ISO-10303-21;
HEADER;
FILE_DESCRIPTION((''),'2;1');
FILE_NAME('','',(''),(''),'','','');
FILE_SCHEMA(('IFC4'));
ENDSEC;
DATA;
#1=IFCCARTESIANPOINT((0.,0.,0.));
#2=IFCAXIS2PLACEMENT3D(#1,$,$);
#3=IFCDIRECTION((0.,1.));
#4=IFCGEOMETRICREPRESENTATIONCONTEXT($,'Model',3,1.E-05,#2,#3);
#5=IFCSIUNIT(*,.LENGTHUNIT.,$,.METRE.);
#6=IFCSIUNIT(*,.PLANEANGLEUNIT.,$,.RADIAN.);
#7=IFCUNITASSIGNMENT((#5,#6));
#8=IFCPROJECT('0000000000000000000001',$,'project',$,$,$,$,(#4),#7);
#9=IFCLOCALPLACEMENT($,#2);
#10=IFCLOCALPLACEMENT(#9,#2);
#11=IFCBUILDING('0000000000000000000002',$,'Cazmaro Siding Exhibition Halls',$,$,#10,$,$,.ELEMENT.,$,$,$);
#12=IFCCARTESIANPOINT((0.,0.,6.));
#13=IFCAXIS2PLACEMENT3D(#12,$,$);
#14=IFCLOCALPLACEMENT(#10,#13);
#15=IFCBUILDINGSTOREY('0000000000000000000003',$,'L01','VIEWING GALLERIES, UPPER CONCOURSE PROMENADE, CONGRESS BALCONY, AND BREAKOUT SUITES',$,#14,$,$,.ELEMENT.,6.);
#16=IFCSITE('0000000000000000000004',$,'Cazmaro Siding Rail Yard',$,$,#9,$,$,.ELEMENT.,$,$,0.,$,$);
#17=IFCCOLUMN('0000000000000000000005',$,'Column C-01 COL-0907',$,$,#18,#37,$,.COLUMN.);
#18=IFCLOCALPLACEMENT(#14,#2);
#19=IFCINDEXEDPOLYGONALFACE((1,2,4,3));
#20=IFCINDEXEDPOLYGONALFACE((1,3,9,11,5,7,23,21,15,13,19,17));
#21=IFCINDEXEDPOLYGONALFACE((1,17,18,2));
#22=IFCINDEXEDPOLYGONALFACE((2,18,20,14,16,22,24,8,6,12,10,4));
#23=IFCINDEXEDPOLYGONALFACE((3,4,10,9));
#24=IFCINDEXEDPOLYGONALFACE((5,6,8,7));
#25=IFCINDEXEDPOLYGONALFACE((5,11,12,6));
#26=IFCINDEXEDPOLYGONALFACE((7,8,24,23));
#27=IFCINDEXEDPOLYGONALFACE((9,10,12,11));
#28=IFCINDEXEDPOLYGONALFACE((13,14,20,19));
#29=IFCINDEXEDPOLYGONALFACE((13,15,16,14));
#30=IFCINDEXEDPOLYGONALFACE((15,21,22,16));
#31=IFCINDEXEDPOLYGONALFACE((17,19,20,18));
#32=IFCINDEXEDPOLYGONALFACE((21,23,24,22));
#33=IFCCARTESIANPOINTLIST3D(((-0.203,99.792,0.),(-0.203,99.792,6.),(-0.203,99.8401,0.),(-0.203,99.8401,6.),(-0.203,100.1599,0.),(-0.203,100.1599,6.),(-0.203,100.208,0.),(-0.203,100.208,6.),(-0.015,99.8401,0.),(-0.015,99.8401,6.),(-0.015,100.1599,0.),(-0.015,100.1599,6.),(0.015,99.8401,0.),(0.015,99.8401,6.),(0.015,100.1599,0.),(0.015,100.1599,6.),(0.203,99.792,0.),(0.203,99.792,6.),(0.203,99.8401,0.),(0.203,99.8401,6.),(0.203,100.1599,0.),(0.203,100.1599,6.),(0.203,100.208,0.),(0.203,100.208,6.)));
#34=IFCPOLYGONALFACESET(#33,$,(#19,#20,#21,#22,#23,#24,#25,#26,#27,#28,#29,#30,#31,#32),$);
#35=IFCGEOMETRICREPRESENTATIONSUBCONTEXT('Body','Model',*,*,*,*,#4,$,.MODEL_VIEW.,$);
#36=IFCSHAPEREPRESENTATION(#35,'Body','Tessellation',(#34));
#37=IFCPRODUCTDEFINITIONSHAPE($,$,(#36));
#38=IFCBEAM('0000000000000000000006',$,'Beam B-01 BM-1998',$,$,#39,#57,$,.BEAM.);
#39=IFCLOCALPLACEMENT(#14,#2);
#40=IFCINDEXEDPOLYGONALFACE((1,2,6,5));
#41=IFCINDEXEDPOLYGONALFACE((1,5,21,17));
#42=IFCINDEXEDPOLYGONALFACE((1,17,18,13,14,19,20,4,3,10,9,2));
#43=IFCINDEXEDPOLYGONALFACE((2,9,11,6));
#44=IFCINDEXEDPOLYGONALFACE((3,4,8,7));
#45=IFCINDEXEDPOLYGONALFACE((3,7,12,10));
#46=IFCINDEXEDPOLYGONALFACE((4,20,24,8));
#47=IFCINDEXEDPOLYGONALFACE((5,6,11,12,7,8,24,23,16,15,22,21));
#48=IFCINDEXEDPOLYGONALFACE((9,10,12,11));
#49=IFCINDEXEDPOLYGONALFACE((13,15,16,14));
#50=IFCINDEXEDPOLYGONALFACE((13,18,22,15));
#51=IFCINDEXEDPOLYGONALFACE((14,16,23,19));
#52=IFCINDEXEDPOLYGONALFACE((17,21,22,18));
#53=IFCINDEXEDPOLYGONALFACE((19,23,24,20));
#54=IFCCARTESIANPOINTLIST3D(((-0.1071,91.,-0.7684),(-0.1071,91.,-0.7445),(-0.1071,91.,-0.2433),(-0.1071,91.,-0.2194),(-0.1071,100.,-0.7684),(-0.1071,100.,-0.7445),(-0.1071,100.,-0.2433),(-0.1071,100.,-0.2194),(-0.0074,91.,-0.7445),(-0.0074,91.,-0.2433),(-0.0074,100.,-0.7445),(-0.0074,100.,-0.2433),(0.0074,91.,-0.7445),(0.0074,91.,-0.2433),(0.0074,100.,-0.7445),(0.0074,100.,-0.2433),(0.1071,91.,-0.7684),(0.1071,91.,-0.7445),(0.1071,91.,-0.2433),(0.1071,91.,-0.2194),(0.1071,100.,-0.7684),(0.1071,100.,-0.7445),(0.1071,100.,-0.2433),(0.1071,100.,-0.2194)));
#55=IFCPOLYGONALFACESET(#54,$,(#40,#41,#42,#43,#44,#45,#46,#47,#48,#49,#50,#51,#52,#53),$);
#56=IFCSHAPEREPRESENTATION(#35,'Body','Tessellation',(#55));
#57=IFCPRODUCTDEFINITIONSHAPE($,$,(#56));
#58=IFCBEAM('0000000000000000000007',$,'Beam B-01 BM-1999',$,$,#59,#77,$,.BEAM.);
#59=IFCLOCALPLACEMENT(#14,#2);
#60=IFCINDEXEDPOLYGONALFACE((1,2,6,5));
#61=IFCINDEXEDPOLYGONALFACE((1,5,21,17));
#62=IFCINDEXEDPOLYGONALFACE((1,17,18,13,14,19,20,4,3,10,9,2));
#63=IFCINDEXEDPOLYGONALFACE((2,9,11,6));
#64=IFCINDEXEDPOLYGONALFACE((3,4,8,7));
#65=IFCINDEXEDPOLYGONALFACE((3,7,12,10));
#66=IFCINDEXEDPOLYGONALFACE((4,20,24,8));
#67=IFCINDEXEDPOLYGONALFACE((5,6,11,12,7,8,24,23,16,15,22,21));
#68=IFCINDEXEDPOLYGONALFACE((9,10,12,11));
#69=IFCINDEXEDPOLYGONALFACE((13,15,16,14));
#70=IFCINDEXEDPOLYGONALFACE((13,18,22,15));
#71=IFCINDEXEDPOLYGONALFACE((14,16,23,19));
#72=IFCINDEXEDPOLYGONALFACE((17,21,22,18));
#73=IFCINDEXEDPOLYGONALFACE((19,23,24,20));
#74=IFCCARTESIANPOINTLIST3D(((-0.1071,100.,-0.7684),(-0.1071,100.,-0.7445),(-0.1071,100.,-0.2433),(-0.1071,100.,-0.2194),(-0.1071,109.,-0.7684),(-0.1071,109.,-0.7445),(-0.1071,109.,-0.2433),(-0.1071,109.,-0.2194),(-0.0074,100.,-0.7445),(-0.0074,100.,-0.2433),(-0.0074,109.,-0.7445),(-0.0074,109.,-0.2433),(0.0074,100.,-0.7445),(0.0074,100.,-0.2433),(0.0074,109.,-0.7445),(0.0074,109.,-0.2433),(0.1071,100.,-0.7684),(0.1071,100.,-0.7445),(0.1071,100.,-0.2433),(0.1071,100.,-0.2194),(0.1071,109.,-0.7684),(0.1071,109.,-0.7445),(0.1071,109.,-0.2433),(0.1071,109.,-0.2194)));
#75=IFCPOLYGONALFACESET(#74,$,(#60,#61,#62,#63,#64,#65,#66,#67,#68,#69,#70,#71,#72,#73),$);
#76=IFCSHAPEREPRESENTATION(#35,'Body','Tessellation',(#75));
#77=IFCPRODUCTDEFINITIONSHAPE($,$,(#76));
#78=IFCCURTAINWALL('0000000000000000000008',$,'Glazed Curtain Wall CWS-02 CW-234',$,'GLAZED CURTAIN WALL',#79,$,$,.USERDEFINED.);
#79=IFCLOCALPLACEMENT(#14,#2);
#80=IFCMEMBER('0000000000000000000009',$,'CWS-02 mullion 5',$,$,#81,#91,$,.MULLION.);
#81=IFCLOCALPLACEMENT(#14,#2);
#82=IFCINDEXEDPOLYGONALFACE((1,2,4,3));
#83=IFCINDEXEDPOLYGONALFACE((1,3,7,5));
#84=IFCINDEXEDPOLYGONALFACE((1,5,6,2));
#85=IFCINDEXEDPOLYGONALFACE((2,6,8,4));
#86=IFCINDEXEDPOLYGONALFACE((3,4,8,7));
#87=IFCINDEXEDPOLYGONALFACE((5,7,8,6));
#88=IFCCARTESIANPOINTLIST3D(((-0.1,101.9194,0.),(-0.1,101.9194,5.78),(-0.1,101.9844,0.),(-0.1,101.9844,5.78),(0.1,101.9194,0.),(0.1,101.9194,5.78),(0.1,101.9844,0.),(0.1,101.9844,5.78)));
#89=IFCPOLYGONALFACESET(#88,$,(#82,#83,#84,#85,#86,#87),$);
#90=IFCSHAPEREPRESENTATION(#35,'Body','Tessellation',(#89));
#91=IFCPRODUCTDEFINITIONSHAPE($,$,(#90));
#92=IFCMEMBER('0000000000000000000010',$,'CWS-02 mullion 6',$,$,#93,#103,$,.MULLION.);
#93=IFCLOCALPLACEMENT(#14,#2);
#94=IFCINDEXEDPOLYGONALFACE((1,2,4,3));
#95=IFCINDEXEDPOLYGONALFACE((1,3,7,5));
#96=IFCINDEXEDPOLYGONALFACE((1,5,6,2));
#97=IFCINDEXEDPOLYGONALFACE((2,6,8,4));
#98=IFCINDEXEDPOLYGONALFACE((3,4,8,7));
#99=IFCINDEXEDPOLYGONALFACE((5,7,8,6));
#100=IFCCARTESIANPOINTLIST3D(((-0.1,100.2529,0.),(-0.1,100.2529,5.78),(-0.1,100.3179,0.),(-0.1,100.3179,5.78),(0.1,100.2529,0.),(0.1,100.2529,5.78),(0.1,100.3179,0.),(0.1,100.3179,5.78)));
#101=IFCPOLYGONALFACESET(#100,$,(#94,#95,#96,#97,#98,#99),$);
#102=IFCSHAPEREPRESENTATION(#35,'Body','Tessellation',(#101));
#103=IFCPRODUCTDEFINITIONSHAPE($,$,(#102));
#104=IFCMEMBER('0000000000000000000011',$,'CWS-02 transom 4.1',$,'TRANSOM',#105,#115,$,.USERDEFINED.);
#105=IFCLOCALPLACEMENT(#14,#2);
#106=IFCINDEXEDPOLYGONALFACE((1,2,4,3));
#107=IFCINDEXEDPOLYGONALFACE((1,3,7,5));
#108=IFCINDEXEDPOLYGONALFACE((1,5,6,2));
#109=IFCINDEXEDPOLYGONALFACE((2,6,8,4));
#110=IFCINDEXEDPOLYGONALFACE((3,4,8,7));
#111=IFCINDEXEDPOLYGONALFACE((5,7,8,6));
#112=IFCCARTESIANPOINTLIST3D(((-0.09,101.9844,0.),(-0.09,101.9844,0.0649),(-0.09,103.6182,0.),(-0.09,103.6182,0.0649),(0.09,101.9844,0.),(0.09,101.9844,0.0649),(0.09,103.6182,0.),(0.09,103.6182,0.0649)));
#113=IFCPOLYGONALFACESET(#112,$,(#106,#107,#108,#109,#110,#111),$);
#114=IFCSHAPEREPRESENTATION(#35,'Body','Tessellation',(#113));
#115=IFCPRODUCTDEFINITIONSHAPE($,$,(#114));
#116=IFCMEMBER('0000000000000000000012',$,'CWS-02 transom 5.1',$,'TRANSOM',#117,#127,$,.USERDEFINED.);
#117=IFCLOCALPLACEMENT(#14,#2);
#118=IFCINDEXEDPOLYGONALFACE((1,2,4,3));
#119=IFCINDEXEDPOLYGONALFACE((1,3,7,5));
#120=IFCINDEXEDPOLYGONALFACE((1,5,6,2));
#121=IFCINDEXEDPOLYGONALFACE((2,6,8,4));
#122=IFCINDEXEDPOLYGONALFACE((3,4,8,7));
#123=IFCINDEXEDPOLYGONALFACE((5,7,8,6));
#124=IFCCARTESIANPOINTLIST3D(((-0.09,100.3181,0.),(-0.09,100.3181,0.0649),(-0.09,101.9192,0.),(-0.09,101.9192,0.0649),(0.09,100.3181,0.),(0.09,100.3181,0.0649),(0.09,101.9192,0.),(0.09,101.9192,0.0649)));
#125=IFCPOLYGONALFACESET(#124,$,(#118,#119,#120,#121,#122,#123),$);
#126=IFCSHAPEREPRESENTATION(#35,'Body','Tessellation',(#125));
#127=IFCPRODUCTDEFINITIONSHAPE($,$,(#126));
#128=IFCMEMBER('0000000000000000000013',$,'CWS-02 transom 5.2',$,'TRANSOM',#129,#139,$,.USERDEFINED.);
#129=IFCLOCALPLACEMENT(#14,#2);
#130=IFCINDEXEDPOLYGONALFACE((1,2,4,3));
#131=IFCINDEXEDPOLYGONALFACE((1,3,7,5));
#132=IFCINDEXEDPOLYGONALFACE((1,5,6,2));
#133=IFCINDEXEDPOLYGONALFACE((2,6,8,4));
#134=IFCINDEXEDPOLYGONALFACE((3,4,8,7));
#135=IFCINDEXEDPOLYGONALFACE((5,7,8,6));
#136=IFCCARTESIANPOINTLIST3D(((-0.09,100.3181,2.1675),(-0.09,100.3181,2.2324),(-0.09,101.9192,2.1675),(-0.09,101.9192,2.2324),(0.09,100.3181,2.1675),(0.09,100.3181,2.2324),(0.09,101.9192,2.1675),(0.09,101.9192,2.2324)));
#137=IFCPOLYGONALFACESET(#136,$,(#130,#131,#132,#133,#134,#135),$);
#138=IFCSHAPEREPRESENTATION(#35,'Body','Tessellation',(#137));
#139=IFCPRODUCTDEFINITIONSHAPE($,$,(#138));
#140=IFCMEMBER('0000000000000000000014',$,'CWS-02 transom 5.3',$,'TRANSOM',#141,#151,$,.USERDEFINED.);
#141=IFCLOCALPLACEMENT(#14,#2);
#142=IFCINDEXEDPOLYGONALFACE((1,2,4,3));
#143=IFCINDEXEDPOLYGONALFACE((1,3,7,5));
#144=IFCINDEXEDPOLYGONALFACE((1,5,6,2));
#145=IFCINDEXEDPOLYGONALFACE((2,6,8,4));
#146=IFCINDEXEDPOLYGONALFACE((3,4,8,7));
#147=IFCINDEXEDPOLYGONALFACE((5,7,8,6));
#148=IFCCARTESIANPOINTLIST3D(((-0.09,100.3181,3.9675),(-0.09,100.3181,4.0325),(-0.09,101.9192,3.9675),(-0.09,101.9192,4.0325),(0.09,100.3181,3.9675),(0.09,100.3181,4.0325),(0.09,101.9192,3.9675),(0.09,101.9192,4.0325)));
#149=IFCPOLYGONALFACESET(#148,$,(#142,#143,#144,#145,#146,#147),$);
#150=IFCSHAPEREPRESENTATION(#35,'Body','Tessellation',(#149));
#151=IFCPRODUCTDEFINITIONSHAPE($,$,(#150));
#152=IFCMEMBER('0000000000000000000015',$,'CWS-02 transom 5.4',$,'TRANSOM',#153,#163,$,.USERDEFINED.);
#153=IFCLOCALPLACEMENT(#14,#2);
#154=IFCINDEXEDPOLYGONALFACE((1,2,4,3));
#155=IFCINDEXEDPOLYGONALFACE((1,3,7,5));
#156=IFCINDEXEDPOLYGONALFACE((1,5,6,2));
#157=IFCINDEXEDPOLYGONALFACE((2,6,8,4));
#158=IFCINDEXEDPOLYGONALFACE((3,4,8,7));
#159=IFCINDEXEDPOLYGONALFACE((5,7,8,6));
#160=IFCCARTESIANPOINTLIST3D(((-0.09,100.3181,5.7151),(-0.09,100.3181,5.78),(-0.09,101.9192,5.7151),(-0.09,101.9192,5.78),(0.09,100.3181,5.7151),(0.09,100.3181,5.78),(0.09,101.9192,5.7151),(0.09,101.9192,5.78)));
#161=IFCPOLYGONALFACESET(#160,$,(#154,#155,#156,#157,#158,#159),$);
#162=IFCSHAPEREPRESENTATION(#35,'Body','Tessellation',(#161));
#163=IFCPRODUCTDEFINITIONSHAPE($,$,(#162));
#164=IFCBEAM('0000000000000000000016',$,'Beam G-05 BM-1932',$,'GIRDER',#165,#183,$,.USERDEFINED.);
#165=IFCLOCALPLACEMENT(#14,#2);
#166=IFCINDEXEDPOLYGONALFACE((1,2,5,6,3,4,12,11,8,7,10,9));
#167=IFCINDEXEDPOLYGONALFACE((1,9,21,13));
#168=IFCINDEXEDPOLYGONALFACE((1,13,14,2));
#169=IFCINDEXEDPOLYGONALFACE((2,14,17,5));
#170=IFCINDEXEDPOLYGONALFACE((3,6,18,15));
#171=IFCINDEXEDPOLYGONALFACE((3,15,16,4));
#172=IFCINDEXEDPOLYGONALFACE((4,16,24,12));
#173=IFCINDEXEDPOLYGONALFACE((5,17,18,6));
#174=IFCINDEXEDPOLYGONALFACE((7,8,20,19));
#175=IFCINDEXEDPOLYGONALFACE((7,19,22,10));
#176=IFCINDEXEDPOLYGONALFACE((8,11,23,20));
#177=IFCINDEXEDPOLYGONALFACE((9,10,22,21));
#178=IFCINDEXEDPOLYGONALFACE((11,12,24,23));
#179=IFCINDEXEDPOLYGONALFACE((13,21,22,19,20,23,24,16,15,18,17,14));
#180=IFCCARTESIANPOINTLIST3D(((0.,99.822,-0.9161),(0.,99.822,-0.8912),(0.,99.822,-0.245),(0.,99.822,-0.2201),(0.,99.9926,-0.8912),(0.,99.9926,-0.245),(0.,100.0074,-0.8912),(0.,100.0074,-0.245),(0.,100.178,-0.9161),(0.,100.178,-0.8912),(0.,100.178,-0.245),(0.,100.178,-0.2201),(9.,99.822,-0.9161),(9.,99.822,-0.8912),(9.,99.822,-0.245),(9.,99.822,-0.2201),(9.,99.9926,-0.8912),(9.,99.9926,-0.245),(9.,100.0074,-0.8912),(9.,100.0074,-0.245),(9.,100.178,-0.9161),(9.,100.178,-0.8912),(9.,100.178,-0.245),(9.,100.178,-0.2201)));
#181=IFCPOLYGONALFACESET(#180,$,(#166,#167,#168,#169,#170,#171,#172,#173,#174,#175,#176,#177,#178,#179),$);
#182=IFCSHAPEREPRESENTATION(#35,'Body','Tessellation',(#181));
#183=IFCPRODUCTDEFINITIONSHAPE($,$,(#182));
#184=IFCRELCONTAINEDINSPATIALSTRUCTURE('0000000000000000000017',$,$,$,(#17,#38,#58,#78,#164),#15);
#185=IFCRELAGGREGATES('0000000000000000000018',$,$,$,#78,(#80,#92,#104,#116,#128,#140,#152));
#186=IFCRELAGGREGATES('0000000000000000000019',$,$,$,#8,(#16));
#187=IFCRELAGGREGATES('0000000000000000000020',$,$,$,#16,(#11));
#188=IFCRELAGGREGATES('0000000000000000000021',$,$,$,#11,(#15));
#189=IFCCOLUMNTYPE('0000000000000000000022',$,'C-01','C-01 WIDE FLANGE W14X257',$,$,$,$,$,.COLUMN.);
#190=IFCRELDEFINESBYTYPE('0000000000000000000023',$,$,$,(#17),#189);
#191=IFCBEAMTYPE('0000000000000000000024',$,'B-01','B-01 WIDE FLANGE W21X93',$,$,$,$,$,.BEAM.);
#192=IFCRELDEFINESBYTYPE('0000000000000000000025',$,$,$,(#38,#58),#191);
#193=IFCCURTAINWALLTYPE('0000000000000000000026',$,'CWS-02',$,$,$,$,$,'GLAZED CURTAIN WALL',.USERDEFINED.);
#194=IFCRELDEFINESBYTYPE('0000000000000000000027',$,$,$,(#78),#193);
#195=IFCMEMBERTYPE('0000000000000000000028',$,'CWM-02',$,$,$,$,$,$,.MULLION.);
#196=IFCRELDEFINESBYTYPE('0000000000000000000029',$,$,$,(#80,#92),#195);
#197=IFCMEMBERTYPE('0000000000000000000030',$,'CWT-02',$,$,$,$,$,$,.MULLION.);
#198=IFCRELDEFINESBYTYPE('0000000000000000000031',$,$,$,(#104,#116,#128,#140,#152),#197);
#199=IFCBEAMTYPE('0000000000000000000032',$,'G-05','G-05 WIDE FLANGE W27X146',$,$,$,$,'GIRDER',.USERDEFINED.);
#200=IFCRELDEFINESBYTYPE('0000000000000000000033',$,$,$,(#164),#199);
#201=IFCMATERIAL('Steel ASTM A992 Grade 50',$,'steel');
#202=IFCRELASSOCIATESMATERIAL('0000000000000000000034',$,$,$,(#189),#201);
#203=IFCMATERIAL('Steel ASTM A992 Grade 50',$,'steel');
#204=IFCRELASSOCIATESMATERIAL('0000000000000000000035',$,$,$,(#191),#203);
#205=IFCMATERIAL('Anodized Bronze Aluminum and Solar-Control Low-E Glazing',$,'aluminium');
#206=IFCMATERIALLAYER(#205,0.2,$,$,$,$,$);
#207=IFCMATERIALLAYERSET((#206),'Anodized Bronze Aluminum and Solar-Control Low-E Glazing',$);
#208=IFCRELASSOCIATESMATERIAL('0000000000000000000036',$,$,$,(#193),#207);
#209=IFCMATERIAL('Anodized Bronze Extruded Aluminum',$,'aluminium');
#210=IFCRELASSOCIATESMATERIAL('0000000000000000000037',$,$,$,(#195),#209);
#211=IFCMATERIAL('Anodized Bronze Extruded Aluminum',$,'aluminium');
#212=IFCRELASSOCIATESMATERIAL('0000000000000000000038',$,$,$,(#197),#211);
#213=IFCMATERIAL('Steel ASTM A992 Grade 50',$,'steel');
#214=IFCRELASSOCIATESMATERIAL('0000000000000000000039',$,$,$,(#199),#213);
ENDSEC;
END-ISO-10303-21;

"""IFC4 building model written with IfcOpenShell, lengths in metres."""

from ifc_helpers import new_model, si_unit, direction, frame, origin, origin_2d, place, context, subcontext, project, spatial, rectangle, i_section, extrude, material, layer, layer_set, material_profile, profile_set, type_object, element, aggregate, save


model = new_model("IFC4")

# Units and contexts
model_context = context("Model", 3, precision=1e-05, world=origin(), true_north=direction((0.0, 1.0)))
body_context = subcontext(model_context, "Body", "Model", "MODEL_VIEW")
ifc_project = project(units=[si_unit("LENGTHUNIT", "METRE"), si_unit("PLANEANGLEUNIT", "RADIAN")], contexts=[model_context])

# Site, building, storey
site_placement = place(None, origin())
site = spatial("IfcSite", under=ifc_project, at=site_placement, Name="Cazmaro Siding Rail Yard", CompositionType="ELEMENT", RefElevation=0.0)
building_placement = place(site_placement, origin())
building = spatial("IfcBuilding", under=site, at=building_placement, Name="Cazmaro Siding Exhibition Halls", CompositionType="ELEMENT")
storey_placement = place(building_placement, frame((0.0, 0.0, 6.0)))
storey = spatial("IfcBuildingStorey", under=building, at=storey_placement, Name="L01", Description="VIEWING GALLERIES, UPPER CONCOURSE PROMENADE, CONGRESS BALCONY, AND BREAKOUT SUITES", CompositionType="ELEMENT", Elevation=6.0)

# Column
ifc_material_1 = material(Name="Steel ASTM A992 Grade 50", Category="steel")
ifc_material_profile_1 = material_profile(ifc_material_1, i_section(OverallWidth=0.406, OverallDepth=0.416, WebThickness=0.03, FlangeThickness=0.0481, at=origin_2d()), Name="W14X257")
ifc_profile_set_1 = profile_set([ifc_material_profile_1], Name="Steel ASTM A992 Grade 50")
column_type = type_object("IfcColumnType", Name="C-01", Description="C-01 WIDE FLANGE W14X257", PredefinedType="COLUMN", material=ifc_profile_set_1)
column_placement = place(storey_placement, frame((0.0, 100.0, 0.0), z_axis=(0.0, 0.0, 1.0), x_axis=(1.0, 0.0, 0.0)))
element("IfcColumn", 1, at=column_placement, inside=storey, type_object=column_type, Name="Column C-01 COL-0907", PredefinedType="COLUMN", context=body_context, shape_type="SweptSolid", body=[
    extrude(i_section(OverallWidth=0.406, OverallDepth=0.416, WebThickness=0.03, FlangeThickness=0.0481, at=origin_2d()), origin(), (0.0, 0.0, 1.0), 6.0),
])

# Beams
ifc_material_2 = material(Name="Steel ASTM A992 Grade 50", Category="steel")
ifc_material_profile_2 = material_profile(ifc_material_2, i_section(OverallWidth=0.2141, OverallDepth=0.5491, WebThickness=0.0149, FlangeThickness=0.0239, at=origin_2d()), Name="W21X93")
ifc_profile_set_2 = profile_set([ifc_material_profile_2], Name="Steel ASTM A992 Grade 50")
beam_type_1 = type_object("IfcBeamType", Name="B-01", Description="B-01 WIDE FLANGE W21X93", PredefinedType="BEAM", material=ifc_profile_set_2)
for number, where, z_axis, x_axis, name in (
    (2, (0.0, 91.0, -0.4939), (0.0, 1.0, 0.0), (-1.0, 0.0, 0.0), "Beam B-01 BM-1998"),
    (3, (0.0, 100.0, -0.4939), (0.0, 1.0, 0.0), (-1.0, 0.0, 0.0), "Beam B-01 BM-1999"),
):
    element("IfcBeam", number, at=place(storey_placement, frame(where, z_axis=z_axis, x_axis=x_axis)), inside=storey, type_object=beam_type_1, Name=name, PredefinedType="BEAM", context=body_context, shape_type="SweptSolid", body=[
        extrude(i_section(OverallWidth=0.2141, OverallDepth=0.5491, WebThickness=0.0149, FlangeThickness=0.0239, at=origin_2d()), origin(), (0.0, 0.0, 1.0), 9.0),
    ])

# Curtain wall, members
ifc_material_3 = material(Name="Anodized Bronze Aluminum and Solar-Control Low-E Glazing", Category="aluminium")
ifc_layer_1 = layer(ifc_material_3, 0.2)
ifc_layer_set_1 = layer_set([ifc_layer_1], Name="Anodized Bronze Aluminum and Solar-Control Low-E Glazing")
curtain_wall_type = type_object("IfcCurtainWallType", Name="CWS-02", ElementType="GLAZED CURTAIN WALL", PredefinedType="USERDEFINED", material=ifc_layer_set_1)
curtain_wall_placement = place(storey_placement, origin())
curtain_wall = element("IfcCurtainWall", 4, at=curtain_wall_placement, inside=storey, type_object=curtain_wall_type, Name="Glazed Curtain Wall CWS-02 CW-234", ObjectType="GLAZED CURTAIN WALL", PredefinedType="USERDEFINED")
ifc_material_4 = material(Name="Anodized Bronze Extruded Aluminum", Category="aluminium")
ifc_material_profile_3 = material_profile(ifc_material_4, rectangle(XDim=0.2, YDim=0.0649, at=origin_2d()), Name="CWM-02")
ifc_profile_set_3 = profile_set([ifc_material_profile_3], Name="Anodized Bronze Extruded Aluminum")
member_type_1 = type_object("IfcMemberType", Name="CWM-02", PredefinedType="MULLION", material=ifc_profile_set_3)
member_1_placement = place(storey_placement, frame((0.0, 101.9519, 0.0), z_axis=(0.0, 0.0, 1.0), x_axis=(1.0, 0.0, 0.0)))
member_1 = element("IfcMember", 5, at=member_1_placement, type_object=member_type_1, Name="CWS-02 mullion 5", PredefinedType="MULLION", context=body_context, shape_type="SweptSolid", body=[
    extrude(rectangle(XDim=0.2, YDim=0.0649, at=origin_2d()), origin(), (0.0, 0.0, 1.0), 5.78),
])
member_2_placement = place(storey_placement, frame((0.0, 100.2854, 0.0), z_axis=(0.0, 0.0, 1.0), x_axis=(1.0, 0.0, 0.0)))
member_2 = element("IfcMember", 6, at=member_2_placement, type_object=member_type_1, Name="CWS-02 mullion 6", PredefinedType="MULLION", context=body_context, shape_type="SweptSolid", body=[
    extrude(rectangle(XDim=0.2, YDim=0.0649, at=origin_2d()), origin(), (0.0, 0.0, 1.0), 5.78),
])
ifc_material_5 = material(Name="Anodized Bronze Extruded Aluminum", Category="aluminium")
ifc_material_profile_4 = material_profile(ifc_material_5, rectangle(XDim=0.1799, YDim=0.0649, at=origin_2d()), Name="CWT-02")
ifc_profile_set_4 = profile_set([ifc_material_profile_4], Name="Anodized Bronze Extruded Aluminum")
member_type_2 = type_object("IfcMemberType", Name="CWT-02", PredefinedType="MULLION", material=ifc_profile_set_4)
member_3_placement = place(storey_placement, frame((0.0, 103.6182, 0.0325), z_axis=(0.0, -1.0, 0.0), x_axis=(1.0, 0.0, 0.0)))
member_3 = element("IfcMember", 7, at=member_3_placement, type_object=member_type_2, Name="CWS-02 transom 4.1", ObjectType="TRANSOM", PredefinedType="USERDEFINED", context=body_context, shape_type="SweptSolid", body=[
    extrude(rectangle(XDim=0.1799, YDim=0.0649, at=origin_2d()), origin(), (0.0, 0.0, 1.0), 1.6338),
])
member_4_placement = place(storey_placement, frame((0.0, 101.9192, 0.0325), z_axis=(0.0, -1.0, 0.0), x_axis=(1.0, 0.0, 0.0)))
member_4 = element("IfcMember", 8, at=member_4_placement, type_object=member_type_2, Name="CWS-02 transom 5.1", ObjectType="TRANSOM", PredefinedType="USERDEFINED", context=body_context, shape_type="SweptSolid", body=[
    extrude(rectangle(XDim=0.1799, YDim=0.0649, at=origin_2d()), origin(), (0.0, 0.0, 1.0), 1.6011),
])
member_5_placement = place(storey_placement, frame((0.0, 101.9192, 2.2), z_axis=(0.0, -1.0, 0.0), x_axis=(1.0, 0.0, 0.0)))
member_5 = element("IfcMember", 9, at=member_5_placement, type_object=member_type_2, Name="CWS-02 transom 5.2", ObjectType="TRANSOM", PredefinedType="USERDEFINED", context=body_context, shape_type="SweptSolid", body=[
    extrude(rectangle(XDim=0.1799, YDim=0.0649, at=origin_2d()), origin(), (0.0, 0.0, 1.0), 1.6011),
])
member_6_placement = place(storey_placement, frame((0.0, 101.9192, 4.0), z_axis=(0.0, -1.0, 0.0), x_axis=(1.0, 0.0, 0.0)))
member_6 = element("IfcMember", 10, at=member_6_placement, type_object=member_type_2, Name="CWS-02 transom 5.3", ObjectType="TRANSOM", PredefinedType="USERDEFINED", context=body_context, shape_type="SweptSolid", body=[
    extrude(rectangle(XDim=0.1799, YDim=0.0649, at=origin_2d()), origin(), (0.0, 0.0, 1.0), 1.6011),
])
member_7_placement = place(storey_placement, frame((0.0, 101.9192, 5.7476), z_axis=(0.0, -1.0, 0.0), x_axis=(1.0, 0.0, 0.0)))
member_7 = element("IfcMember", 11, at=member_7_placement, type_object=member_type_2, Name="CWS-02 transom 5.4", ObjectType="TRANSOM", PredefinedType="USERDEFINED", context=body_context, shape_type="SweptSolid", body=[
    extrude(rectangle(XDim=0.1799, YDim=0.0649, at=origin_2d()), origin(), (0.0, 0.0, 1.0), 1.6011),
])

# Beam
ifc_material_6 = material(Name="Steel ASTM A992 Grade 50", Category="steel")
ifc_material_profile_5 = material_profile(ifc_material_6, i_section(OverallWidth=0.356, OverallDepth=0.696, WebThickness=0.0149, FlangeThickness=0.0249, at=origin_2d()), Name="W27X146")
ifc_profile_set_5 = profile_set([ifc_material_profile_5], Name="Steel ASTM A992 Grade 50")
beam_type_2 = type_object("IfcBeamType", Name="G-05", Description="G-05 WIDE FLANGE W27X146", ElementType="GIRDER", PredefinedType="USERDEFINED", material=ifc_profile_set_5)
beam_placement = place(storey_placement, frame((0.0, 100.0, -0.5681), z_axis=(1.0, 0.0, 0.0), x_axis=(0.0, 1.0, 0.0)))
element("IfcBeam", 12, at=beam_placement, inside=storey, type_object=beam_type_2, Name="Beam G-05 BM-1932", ObjectType="GIRDER", PredefinedType="USERDEFINED", context=body_context, shape_type="SweptSolid", body=[
    extrude(i_section(OverallWidth=0.356, OverallDepth=0.696, WebThickness=0.0149, FlangeThickness=0.0249, at=origin_2d()), origin(), (0.0, 0.0, 1.0), 9.0),
])

aggregate(curtain_wall, [member_1, member_2, member_3, member_4, member_5, member_6, member_7])

save(model, "model.ifc")
